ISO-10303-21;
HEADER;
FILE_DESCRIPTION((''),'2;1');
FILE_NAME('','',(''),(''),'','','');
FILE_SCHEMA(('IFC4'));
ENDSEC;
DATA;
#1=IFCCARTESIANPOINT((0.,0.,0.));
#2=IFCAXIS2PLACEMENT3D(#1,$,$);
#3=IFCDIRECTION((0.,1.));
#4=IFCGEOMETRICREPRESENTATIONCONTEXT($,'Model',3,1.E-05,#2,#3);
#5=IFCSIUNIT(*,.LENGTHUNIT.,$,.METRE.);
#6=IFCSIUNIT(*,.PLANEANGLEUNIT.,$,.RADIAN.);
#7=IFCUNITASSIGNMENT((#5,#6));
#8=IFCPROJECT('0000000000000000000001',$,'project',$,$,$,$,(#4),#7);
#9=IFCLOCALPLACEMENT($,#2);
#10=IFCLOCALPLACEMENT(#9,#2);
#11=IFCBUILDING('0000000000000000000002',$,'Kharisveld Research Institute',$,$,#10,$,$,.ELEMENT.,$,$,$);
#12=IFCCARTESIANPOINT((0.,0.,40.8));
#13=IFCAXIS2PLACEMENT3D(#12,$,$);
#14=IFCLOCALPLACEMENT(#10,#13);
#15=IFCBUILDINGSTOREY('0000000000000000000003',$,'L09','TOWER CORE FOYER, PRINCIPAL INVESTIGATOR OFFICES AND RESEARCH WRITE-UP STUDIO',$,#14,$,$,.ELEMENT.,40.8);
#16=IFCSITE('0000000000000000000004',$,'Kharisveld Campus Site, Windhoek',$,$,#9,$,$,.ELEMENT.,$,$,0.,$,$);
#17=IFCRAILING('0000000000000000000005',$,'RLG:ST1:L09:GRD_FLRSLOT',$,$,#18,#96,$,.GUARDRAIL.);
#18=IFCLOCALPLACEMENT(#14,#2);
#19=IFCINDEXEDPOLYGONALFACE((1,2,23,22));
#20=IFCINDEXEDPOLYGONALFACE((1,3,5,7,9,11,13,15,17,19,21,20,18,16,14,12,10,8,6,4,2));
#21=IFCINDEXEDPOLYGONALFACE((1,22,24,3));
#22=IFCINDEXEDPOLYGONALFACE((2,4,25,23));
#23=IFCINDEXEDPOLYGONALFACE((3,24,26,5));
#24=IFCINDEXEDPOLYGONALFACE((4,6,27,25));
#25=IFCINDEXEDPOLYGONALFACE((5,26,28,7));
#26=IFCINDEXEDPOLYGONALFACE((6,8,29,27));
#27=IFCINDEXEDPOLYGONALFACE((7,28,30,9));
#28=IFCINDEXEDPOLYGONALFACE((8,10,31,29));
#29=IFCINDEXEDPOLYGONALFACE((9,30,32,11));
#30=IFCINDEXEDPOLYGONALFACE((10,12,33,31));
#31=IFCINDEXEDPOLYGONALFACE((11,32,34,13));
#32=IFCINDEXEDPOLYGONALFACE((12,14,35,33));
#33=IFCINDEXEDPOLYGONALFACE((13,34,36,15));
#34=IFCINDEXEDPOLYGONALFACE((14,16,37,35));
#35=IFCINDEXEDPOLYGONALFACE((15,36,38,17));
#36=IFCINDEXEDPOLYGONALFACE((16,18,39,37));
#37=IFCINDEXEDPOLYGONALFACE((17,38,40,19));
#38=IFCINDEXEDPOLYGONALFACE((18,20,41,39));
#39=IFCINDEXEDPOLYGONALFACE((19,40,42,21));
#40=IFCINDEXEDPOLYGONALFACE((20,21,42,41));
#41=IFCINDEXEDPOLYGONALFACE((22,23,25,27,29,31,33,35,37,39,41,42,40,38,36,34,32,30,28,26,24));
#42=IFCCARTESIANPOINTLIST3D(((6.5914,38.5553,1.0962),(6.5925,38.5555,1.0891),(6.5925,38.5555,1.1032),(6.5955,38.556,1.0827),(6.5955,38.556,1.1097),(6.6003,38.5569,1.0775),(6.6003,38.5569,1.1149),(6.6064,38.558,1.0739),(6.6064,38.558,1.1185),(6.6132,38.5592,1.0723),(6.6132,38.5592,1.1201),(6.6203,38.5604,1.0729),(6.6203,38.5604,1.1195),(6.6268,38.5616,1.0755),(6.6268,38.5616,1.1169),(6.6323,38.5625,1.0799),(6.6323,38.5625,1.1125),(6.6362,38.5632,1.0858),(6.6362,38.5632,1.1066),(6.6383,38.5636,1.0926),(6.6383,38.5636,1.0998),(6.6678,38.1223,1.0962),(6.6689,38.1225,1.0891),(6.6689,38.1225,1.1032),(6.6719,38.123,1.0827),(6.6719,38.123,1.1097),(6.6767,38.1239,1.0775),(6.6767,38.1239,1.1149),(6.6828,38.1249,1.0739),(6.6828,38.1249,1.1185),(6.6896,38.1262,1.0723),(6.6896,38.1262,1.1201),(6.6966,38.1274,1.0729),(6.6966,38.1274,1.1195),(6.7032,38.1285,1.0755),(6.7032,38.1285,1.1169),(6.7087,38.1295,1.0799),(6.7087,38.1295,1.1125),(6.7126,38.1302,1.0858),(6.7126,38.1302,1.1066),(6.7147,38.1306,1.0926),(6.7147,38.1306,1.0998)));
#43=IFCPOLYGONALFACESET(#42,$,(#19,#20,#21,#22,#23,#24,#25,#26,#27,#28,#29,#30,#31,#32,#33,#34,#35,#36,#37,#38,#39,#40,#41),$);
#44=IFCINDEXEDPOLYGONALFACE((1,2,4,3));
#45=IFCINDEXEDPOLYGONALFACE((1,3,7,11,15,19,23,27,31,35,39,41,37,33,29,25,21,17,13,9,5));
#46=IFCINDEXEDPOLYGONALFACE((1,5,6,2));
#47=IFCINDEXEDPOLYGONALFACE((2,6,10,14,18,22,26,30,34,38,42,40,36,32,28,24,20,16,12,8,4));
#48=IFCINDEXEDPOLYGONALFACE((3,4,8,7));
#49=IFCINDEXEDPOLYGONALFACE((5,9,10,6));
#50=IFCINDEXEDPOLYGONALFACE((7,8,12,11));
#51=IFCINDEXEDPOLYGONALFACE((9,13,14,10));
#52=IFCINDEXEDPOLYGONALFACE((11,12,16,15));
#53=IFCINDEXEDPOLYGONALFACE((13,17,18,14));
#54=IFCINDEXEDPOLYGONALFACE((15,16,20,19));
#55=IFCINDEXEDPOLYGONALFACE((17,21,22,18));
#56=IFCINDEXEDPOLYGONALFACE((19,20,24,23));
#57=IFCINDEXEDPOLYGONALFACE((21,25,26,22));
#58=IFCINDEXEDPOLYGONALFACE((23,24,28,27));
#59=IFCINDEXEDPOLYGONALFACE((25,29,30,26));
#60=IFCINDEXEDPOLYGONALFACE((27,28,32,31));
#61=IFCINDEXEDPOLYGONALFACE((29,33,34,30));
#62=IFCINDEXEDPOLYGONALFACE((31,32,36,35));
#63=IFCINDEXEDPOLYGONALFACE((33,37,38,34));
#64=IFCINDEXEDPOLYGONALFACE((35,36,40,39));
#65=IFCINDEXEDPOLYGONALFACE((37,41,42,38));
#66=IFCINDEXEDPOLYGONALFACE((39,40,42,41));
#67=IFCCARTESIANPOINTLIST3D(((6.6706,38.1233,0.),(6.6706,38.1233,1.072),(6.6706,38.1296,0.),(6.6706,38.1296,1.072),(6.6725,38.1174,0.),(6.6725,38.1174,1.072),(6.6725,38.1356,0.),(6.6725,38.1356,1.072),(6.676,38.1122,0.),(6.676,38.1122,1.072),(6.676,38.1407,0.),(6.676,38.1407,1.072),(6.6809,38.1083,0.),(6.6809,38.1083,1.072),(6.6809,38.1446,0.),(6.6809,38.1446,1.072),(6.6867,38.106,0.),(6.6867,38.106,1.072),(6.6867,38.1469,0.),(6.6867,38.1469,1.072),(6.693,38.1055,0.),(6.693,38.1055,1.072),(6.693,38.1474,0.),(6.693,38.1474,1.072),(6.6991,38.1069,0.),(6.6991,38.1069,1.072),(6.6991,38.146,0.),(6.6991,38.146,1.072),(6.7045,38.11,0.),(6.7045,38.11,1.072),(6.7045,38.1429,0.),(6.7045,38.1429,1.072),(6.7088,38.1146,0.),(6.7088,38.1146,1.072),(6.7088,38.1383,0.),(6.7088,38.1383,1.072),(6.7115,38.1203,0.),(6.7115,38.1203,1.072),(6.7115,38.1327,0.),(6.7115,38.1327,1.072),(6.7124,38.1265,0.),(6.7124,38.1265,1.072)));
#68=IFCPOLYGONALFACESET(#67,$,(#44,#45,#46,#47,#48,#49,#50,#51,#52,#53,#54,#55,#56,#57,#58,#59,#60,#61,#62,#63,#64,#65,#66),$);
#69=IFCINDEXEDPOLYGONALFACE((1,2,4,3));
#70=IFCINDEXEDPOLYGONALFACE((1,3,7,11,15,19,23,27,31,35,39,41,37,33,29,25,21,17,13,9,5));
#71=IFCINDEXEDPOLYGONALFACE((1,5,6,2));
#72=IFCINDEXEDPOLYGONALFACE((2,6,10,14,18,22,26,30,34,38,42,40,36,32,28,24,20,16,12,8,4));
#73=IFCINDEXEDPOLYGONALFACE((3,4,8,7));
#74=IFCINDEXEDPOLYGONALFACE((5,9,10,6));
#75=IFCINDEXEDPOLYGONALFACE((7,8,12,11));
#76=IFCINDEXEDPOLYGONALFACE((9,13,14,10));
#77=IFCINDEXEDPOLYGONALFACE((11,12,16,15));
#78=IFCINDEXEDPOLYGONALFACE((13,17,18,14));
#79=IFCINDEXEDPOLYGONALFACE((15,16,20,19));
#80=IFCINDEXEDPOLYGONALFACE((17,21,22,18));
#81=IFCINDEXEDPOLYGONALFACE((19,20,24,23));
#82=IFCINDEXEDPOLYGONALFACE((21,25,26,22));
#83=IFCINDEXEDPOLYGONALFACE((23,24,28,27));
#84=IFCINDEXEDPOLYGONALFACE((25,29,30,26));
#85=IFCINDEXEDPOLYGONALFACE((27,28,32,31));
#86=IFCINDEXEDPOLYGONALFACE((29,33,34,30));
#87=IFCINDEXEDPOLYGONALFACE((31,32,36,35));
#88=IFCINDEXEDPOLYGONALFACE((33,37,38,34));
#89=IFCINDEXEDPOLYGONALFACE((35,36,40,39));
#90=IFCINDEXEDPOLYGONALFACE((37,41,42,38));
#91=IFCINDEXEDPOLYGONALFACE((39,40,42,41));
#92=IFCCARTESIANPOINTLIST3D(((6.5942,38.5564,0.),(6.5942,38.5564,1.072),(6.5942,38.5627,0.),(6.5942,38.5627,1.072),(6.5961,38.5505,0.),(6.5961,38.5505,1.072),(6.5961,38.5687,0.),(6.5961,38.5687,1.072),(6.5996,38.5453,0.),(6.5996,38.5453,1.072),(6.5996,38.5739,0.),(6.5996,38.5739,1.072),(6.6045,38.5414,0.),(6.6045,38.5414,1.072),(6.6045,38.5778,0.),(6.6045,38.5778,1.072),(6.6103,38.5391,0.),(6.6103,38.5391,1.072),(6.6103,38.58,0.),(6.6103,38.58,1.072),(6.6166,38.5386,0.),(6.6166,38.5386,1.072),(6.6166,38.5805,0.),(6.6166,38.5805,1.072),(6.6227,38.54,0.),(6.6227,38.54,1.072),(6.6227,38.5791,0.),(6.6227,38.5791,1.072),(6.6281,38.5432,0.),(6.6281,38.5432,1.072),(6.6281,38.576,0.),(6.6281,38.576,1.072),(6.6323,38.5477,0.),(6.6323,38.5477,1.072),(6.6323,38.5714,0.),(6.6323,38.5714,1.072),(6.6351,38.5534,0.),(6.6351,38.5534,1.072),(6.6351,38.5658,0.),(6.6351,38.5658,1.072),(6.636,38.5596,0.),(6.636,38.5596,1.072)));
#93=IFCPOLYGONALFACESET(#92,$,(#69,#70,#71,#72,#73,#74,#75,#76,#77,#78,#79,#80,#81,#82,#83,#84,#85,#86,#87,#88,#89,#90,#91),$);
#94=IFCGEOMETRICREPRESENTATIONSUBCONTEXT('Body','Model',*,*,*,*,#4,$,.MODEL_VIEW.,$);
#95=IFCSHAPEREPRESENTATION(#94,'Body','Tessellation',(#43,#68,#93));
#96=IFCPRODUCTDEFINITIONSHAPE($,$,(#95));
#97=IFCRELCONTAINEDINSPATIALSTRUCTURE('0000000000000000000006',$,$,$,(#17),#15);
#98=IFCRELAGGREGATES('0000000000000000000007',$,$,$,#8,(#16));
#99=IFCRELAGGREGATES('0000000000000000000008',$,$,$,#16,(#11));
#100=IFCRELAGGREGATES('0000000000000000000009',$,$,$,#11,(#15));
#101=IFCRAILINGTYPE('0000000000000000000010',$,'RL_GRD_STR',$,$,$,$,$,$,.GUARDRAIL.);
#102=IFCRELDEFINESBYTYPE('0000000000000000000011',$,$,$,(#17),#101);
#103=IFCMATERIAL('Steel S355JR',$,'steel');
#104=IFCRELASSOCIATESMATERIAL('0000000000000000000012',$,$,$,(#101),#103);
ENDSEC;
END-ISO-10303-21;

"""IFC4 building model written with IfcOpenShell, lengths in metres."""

from ifc_helpers import new_model, si_unit, direction, frame, origin, origin_2d, place, context, subcontext, project, spatial, circle, extrude, material, type_object, element, save


model = new_model("IFC4")

# Units and contexts
model_context = context("Model", 3, precision=1e-05, world=origin(), true_north=direction((0.0, 1.0)))
body_context = subcontext(model_context, "Body", "Model", "MODEL_VIEW")
ifc_project = project(units=[si_unit("LENGTHUNIT", "METRE"), si_unit("PLANEANGLEUNIT", "RADIAN")], contexts=[model_context])

# Site, building, storey
site_placement = place(None, origin())
site = spatial("IfcSite", under=ifc_project, at=site_placement, Name="Kharisveld Campus Site, Windhoek", CompositionType="ELEMENT", RefElevation=0.0)
building_placement = place(site_placement, origin())
building = spatial("IfcBuilding", under=site, at=building_placement, Name="Kharisveld Research Institute", CompositionType="ELEMENT")
storey_placement = place(building_placement, frame((0.0, 0.0, 40.8)))
storey = spatial("IfcBuildingStorey", under=building, at=storey_placement, Name="L09", Description="TOWER CORE FOYER, PRINCIPAL INVESTIGATOR OFFICES AND RESEARCH WRITE-UP STUDIO", CompositionType="ELEMENT", Elevation=40.8)

# Railing
ifc_material_1 = material(Name="Steel S355JR", Category="steel")
railing_type_1 = type_object("IfcRailingType", Name="RL_GRD_STR", PredefinedType="GUARDRAIL", material=ifc_material_1)
railing_1_placement = place(storey_placement, frame((6.6914, 38.1265, 0.0)))
element("IfcRailing", 1, at=railing_1_placement, inside=storey, type_object=railing_type_1, Name="RLG:ST1:L09:GRD_FLRSLOT", PredefinedType="GUARDRAIL", context=body_context, shape_type="SweptSolid", body=[
    extrude(circle(Radius=0.0239, at=origin_2d()), frame((0.0, 0.0, 1.0962), z_axis=(-0.173754, 0.984789, 0.0), x_axis=(-0.984789, -0.173754, 0.0)), (0.0, 0.0, 1.0), 0.4397),
    extrude(circle(Radius=0.021, at=origin_2d()), origin(), (0.0, 0.0, 1.0), 1.072),
    extrude(circle(Radius=0.021, at=origin_2d()), frame((-0.0764, 0.4331, 0.0)), (0.0, 0.0, 1.0), 1.072),
])

save(model, "model.ifc")
